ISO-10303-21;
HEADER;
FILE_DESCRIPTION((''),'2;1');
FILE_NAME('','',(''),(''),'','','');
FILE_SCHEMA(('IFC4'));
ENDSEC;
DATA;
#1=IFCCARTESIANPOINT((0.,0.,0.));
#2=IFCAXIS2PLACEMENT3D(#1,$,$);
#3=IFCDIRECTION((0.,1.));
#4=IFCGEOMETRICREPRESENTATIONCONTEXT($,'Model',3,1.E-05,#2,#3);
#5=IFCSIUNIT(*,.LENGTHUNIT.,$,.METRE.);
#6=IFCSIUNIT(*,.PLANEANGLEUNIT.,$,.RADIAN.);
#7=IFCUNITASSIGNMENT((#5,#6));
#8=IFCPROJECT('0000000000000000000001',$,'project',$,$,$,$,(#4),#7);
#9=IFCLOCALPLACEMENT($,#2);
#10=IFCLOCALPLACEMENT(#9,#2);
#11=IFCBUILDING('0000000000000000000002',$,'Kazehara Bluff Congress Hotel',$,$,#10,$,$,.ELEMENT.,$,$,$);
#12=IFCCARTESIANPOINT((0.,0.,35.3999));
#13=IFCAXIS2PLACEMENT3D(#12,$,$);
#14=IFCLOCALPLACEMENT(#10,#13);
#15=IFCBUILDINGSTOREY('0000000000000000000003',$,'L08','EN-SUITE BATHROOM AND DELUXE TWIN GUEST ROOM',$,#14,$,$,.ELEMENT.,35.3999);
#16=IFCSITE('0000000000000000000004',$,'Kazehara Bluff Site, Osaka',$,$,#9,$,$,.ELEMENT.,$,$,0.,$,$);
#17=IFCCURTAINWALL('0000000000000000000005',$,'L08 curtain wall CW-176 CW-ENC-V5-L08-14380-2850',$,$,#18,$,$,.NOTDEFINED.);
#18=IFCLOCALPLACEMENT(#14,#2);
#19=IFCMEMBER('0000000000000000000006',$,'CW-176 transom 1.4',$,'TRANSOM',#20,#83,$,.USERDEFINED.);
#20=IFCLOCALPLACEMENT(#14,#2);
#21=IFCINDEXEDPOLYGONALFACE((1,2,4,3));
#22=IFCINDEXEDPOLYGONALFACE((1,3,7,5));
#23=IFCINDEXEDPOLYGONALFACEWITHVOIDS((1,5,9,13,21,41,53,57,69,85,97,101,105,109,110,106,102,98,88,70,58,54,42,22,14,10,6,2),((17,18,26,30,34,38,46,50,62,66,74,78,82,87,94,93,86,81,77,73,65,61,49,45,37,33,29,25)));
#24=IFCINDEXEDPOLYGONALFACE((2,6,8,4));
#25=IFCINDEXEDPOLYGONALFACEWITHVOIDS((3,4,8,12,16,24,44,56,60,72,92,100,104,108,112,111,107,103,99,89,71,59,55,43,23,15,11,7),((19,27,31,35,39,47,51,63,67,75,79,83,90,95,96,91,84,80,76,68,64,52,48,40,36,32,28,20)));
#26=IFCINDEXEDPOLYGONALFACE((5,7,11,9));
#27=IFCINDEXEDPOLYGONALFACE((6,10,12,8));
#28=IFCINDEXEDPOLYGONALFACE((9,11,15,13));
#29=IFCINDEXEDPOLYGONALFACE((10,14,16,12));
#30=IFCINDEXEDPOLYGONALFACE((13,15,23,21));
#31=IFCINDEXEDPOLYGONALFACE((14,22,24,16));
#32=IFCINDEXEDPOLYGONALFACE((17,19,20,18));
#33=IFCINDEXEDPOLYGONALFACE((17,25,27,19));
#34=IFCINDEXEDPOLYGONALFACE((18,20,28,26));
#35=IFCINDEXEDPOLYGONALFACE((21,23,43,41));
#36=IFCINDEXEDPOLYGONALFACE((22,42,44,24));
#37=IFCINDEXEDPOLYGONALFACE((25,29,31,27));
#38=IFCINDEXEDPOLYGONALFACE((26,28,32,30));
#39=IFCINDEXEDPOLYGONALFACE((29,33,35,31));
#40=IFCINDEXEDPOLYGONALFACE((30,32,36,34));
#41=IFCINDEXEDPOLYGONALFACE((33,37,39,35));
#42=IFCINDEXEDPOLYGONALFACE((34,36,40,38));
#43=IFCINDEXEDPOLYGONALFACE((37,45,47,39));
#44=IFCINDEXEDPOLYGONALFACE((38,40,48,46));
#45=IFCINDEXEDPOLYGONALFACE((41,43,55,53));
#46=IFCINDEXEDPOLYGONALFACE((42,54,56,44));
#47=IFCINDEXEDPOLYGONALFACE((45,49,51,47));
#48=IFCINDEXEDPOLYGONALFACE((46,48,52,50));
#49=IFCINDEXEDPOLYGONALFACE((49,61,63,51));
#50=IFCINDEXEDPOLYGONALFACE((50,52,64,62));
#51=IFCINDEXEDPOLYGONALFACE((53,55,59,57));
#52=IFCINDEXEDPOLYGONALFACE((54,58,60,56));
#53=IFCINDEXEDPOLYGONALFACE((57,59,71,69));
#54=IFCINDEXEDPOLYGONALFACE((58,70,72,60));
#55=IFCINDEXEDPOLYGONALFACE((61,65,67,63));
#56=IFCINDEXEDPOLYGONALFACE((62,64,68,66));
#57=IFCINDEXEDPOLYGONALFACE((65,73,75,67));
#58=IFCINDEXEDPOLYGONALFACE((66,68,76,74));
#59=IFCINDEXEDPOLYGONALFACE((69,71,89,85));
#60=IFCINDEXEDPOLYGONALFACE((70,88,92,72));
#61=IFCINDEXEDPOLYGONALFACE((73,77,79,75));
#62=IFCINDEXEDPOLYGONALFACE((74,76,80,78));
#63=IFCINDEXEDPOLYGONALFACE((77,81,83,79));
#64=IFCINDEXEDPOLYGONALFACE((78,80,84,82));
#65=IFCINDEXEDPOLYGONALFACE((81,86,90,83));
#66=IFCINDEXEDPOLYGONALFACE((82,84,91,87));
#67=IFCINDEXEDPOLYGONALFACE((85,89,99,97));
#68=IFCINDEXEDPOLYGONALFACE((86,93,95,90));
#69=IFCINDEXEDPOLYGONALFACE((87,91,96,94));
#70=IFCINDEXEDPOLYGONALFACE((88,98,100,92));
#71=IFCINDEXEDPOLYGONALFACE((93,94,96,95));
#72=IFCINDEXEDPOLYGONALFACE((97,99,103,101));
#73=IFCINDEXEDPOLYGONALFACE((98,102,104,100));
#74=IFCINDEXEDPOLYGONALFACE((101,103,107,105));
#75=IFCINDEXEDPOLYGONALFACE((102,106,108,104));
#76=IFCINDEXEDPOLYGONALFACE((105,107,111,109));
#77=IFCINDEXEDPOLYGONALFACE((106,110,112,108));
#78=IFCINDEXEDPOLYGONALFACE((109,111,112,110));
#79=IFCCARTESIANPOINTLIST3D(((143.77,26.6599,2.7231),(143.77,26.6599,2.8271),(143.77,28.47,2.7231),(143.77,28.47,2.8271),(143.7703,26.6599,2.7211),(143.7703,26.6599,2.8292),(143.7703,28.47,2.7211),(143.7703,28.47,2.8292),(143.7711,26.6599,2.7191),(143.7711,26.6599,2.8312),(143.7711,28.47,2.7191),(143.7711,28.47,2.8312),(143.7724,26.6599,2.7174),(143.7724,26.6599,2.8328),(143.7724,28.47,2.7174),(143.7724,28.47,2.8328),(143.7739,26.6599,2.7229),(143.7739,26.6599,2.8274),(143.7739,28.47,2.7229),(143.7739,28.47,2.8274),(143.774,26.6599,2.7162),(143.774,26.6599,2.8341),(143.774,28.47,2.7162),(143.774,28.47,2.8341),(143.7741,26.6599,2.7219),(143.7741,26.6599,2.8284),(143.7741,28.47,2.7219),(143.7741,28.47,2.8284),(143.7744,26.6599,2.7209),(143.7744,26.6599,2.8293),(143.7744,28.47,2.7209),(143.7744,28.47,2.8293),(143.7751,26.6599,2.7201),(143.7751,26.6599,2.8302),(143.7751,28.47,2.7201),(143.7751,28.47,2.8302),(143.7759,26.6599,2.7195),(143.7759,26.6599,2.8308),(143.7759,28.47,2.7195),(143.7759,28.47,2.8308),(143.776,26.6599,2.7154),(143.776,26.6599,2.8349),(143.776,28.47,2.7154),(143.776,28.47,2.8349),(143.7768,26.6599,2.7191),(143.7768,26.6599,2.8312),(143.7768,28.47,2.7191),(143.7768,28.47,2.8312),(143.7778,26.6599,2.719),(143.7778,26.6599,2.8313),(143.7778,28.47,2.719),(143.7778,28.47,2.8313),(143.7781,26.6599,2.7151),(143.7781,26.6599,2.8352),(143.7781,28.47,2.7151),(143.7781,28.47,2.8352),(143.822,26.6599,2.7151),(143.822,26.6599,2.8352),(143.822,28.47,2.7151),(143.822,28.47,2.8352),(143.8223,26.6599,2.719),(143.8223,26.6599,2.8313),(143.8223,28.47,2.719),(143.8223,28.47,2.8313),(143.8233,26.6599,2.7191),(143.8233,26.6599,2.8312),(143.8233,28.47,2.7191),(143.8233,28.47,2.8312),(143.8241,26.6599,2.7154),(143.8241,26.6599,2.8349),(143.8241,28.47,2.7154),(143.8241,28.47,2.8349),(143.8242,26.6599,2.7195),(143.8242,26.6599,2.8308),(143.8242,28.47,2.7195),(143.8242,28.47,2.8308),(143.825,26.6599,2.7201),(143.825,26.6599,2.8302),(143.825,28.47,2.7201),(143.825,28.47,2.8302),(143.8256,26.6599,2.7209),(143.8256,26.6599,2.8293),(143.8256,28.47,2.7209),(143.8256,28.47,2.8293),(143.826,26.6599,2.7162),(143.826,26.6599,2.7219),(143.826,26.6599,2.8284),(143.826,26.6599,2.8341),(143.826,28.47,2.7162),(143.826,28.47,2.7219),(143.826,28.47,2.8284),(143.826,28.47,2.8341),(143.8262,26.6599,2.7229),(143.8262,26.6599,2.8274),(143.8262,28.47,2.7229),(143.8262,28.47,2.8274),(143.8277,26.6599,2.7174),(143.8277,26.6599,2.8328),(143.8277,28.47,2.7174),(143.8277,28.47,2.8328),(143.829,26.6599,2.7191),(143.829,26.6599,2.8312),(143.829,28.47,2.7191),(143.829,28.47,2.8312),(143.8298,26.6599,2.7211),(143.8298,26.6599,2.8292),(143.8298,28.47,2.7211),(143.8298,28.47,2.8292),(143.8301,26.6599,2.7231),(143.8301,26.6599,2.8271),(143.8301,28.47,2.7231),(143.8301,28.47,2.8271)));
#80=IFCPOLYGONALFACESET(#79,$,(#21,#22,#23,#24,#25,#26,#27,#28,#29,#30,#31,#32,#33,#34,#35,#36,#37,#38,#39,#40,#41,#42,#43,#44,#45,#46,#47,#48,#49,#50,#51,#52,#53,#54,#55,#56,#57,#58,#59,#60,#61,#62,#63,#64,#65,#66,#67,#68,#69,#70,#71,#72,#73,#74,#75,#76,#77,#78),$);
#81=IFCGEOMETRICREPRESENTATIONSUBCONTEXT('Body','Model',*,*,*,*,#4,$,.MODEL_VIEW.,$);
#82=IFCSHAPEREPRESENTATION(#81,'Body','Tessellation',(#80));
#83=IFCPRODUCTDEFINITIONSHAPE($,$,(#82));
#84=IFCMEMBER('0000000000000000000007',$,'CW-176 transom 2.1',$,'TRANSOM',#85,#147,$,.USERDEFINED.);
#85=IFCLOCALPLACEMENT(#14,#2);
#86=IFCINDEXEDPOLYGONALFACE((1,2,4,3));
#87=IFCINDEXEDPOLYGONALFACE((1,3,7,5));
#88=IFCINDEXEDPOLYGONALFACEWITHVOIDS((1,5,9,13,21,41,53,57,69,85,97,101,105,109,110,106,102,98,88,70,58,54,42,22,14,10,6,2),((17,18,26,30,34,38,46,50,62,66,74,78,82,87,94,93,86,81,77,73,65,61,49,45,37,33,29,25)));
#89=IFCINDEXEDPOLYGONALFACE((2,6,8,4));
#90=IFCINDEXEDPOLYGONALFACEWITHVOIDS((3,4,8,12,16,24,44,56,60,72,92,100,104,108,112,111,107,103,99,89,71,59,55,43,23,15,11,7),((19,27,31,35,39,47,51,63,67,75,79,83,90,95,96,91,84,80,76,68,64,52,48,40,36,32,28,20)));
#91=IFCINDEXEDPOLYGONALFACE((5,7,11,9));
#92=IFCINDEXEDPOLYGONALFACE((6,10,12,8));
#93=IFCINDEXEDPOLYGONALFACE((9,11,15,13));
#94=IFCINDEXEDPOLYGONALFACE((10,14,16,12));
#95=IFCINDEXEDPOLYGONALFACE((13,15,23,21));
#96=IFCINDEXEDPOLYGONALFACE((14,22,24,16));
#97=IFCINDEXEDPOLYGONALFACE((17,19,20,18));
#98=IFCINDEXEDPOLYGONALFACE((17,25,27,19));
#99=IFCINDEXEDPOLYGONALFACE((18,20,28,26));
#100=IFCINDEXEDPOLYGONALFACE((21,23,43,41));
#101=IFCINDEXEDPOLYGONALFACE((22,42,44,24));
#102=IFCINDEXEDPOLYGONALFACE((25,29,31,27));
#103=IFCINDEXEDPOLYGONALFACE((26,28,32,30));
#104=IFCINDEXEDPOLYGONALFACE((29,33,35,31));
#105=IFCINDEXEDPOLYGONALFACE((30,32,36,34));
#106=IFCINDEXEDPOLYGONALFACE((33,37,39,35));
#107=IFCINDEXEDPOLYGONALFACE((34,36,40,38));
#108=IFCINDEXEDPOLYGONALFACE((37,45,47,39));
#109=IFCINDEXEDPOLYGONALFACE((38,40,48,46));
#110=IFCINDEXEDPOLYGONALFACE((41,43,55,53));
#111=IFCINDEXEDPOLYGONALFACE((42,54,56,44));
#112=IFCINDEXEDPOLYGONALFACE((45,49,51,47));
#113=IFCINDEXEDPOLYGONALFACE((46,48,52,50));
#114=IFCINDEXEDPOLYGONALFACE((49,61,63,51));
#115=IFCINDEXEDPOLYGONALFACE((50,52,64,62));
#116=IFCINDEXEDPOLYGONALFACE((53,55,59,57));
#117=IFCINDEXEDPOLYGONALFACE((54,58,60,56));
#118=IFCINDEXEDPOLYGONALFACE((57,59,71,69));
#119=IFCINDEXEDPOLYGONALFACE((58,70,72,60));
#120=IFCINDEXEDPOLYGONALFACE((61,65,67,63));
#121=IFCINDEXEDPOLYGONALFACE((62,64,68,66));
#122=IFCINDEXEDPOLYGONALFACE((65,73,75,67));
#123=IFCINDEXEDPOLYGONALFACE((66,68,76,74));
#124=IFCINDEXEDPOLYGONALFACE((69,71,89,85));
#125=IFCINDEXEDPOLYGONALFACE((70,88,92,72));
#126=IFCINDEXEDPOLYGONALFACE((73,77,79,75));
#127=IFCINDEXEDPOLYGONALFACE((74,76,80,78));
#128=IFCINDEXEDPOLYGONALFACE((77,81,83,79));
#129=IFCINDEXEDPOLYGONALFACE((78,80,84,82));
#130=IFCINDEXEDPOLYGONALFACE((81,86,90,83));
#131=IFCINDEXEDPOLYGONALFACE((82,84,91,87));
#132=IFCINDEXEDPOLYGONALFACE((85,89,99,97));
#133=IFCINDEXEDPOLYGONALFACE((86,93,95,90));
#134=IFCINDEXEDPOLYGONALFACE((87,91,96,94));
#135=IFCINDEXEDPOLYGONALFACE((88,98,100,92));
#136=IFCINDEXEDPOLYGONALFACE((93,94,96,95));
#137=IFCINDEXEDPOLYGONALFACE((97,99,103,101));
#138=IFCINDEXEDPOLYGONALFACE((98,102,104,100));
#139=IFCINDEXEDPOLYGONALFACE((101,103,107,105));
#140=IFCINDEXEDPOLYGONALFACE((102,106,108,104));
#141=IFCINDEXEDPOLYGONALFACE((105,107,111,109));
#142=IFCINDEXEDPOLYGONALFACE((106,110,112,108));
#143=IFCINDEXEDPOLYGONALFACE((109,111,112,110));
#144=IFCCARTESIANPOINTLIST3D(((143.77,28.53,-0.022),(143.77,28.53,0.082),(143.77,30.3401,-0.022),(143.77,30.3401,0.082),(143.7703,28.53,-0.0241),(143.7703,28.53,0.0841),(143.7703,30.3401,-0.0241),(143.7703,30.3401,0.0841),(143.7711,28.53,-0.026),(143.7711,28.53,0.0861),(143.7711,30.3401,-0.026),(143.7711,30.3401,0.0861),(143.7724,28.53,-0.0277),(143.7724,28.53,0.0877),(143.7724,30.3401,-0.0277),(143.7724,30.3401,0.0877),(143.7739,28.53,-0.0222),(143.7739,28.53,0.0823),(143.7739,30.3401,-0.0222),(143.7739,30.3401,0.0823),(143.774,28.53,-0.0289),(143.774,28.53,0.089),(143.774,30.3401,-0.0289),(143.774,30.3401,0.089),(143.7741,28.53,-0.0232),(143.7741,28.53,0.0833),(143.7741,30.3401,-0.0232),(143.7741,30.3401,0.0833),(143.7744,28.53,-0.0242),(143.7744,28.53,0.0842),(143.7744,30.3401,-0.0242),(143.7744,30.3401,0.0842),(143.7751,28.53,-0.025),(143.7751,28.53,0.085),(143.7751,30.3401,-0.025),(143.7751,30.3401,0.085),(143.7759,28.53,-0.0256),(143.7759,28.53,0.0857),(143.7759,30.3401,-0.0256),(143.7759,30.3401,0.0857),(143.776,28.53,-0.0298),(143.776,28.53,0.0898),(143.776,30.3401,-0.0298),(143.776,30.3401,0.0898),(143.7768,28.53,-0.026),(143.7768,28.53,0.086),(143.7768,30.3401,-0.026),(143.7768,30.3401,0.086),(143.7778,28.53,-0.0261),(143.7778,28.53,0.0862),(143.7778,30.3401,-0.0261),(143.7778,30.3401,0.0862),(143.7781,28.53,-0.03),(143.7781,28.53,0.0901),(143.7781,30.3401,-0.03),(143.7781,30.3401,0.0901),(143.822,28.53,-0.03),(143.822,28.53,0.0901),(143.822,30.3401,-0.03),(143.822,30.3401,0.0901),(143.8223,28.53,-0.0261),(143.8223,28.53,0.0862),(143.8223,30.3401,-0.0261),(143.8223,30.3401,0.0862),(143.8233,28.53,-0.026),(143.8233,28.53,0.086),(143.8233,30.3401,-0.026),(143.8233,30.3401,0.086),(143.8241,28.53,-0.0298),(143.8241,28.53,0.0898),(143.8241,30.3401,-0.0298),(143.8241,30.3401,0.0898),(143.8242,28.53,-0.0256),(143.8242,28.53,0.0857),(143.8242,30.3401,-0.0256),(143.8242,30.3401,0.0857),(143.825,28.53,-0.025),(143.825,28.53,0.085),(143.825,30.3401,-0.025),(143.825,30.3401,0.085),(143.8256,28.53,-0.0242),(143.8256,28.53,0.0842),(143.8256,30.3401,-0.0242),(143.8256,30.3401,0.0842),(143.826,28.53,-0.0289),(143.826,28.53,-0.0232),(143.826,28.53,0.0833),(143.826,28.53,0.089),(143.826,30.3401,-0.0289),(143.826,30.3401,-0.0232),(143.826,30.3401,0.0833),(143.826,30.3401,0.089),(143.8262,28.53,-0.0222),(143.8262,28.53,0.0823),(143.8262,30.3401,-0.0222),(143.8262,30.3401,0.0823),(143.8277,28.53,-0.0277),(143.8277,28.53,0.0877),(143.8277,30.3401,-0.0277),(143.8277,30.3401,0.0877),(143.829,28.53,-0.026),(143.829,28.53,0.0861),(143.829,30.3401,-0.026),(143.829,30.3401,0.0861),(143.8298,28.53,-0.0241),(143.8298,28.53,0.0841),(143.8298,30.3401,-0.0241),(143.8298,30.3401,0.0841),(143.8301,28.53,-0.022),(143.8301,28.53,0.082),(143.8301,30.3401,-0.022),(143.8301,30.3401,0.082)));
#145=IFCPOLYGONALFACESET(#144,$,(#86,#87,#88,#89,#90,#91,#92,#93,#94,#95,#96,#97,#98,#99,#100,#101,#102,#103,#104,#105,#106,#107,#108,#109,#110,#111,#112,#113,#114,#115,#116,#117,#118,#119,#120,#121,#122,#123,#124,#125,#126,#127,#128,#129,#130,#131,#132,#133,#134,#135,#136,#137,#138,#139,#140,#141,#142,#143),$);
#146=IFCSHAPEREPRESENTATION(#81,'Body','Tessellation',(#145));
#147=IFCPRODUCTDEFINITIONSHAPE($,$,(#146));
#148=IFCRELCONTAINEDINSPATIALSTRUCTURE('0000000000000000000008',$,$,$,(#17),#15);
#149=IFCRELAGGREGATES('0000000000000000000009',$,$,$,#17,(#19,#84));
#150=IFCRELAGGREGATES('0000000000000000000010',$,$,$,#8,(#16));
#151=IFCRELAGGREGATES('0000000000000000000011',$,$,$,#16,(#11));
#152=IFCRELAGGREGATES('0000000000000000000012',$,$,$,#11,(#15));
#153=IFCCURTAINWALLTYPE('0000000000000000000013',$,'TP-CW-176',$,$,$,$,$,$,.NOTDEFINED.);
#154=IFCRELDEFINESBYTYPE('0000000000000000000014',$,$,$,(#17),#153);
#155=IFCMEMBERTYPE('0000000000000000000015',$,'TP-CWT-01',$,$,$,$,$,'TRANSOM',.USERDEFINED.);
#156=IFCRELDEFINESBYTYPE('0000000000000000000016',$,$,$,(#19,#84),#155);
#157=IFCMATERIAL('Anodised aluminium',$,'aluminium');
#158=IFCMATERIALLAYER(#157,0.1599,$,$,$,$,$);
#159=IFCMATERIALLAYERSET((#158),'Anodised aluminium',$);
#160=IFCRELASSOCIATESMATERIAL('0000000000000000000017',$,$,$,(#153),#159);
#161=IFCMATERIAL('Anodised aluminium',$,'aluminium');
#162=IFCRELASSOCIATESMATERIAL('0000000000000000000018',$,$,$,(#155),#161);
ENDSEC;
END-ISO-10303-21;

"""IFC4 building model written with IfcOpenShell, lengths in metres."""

from ifc_helpers import new_model, si_unit, direction, frame, origin, origin_2d, place, context, subcontext, project, spatial, hollow_rectangle, extrude, material, layer, layer_set, material_profile, profile_set, type_object, element, aggregate, save


model = new_model("IFC4")

# Units and contexts
model_context = context("Model", 3, precision=1e-05, world=origin(), true_north=direction((0.0, 1.0)))
body_context = subcontext(model_context, "Body", "Model", "MODEL_VIEW")
ifc_project = project(units=[si_unit("LENGTHUNIT", "METRE"), si_unit("PLANEANGLEUNIT", "RADIAN")], contexts=[model_context])

# Site, building, storey
site_placement = place(None, origin())
site = spatial("IfcSite", under=ifc_project, at=site_placement, Name="Kazehara Bluff Site, Osaka", CompositionType="ELEMENT", RefElevation=0.0)
building_placement = place(site_placement, origin())
building = spatial("IfcBuilding", under=site, at=building_placement, Name="Kazehara Bluff Congress Hotel", CompositionType="ELEMENT")
storey_placement = place(building_placement, frame((0.0, 0.0, 35.3999)))
storey = spatial("IfcBuildingStorey", under=building, at=storey_placement, Name="L08", Description="EN-SUITE BATHROOM AND DELUXE TWIN GUEST ROOM", CompositionType="ELEMENT", Elevation=35.3999)

# Curtain wall, members
ifc_material_1 = material(Name="Anodised aluminium", Category="aluminium")
ifc_layer_1 = layer(ifc_material_1, 0.1599)
ifc_layer_set_1 = layer_set([ifc_layer_1], Name="Anodised aluminium")
curtain_wall_type = type_object("IfcCurtainWallType", Name="TP-CW-176", PredefinedType="NOTDEFINED", material=ifc_layer_set_1)
curtain_wall_placement = place(storey_placement, origin())
curtain_wall = element("IfcCurtainWall", 1, at=curtain_wall_placement, inside=storey, type_object=curtain_wall_type, Name="L08 curtain wall CW-176 CW-ENC-V5-L08-14380-2850", PredefinedType="NOTDEFINED")
ifc_material_2 = material(Name="Anodised aluminium", Category="aluminium")
ifc_material_profile_1 = material_profile(ifc_material_2, hollow_rectangle(XDim=0.0601, YDim=0.1201, WallThickness=0.0039, InnerFilletRadius=0.0039, OuterFilletRadius=0.0081, at=origin_2d()))
ifc_profile_set_1 = profile_set([ifc_material_profile_1], Name="Anodised aluminium")
member_type_1 = type_object("IfcMemberType", Name="TP-CWT-01", ElementType="TRANSOM", PredefinedType="USERDEFINED", material=ifc_profile_set_1)
member_1_placement = place(storey_placement, frame((143.8, 26.6599, 2.7751), z_axis=(0.0, 1.0, 0.0), x_axis=(-1.0, 0.0, 0.0)))
member_1 = element("IfcMember", 2, at=member_1_placement, type_object=member_type_1, Name="CW-176 transom 1.4", ObjectType="TRANSOM", PredefinedType="USERDEFINED", context=body_context, shape_type="SweptSolid", body=[
    extrude(hollow_rectangle(XDim=0.0601, YDim=0.1201, WallThickness=0.0039, InnerFilletRadius=0.0039, OuterFilletRadius=0.0081, at=origin_2d()), origin(), (0.0, 0.0, 1.0), 1.8101),
])
member_2_placement = place(storey_placement, frame((143.8, 28.53, 0.03), z_axis=(0.0, 1.0, 0.0), x_axis=(-1.0, 0.0, 0.0)))
member_2 = element("IfcMember", 3, at=member_2_placement, type_object=member_type_1, Name="CW-176 transom 2.1", ObjectType="TRANSOM", PredefinedType="USERDEFINED", context=body_context, shape_type="SweptSolid", body=[
    extrude(hollow_rectangle(XDim=0.0601, YDim=0.1201, WallThickness=0.0039, InnerFilletRadius=0.0039, OuterFilletRadius=0.0081, at=origin_2d()), origin(), (0.0, 0.0, 1.0), 1.8101),
])
aggregate(curtain_wall, [member_1, member_2])

save(model, "model.ifc")
